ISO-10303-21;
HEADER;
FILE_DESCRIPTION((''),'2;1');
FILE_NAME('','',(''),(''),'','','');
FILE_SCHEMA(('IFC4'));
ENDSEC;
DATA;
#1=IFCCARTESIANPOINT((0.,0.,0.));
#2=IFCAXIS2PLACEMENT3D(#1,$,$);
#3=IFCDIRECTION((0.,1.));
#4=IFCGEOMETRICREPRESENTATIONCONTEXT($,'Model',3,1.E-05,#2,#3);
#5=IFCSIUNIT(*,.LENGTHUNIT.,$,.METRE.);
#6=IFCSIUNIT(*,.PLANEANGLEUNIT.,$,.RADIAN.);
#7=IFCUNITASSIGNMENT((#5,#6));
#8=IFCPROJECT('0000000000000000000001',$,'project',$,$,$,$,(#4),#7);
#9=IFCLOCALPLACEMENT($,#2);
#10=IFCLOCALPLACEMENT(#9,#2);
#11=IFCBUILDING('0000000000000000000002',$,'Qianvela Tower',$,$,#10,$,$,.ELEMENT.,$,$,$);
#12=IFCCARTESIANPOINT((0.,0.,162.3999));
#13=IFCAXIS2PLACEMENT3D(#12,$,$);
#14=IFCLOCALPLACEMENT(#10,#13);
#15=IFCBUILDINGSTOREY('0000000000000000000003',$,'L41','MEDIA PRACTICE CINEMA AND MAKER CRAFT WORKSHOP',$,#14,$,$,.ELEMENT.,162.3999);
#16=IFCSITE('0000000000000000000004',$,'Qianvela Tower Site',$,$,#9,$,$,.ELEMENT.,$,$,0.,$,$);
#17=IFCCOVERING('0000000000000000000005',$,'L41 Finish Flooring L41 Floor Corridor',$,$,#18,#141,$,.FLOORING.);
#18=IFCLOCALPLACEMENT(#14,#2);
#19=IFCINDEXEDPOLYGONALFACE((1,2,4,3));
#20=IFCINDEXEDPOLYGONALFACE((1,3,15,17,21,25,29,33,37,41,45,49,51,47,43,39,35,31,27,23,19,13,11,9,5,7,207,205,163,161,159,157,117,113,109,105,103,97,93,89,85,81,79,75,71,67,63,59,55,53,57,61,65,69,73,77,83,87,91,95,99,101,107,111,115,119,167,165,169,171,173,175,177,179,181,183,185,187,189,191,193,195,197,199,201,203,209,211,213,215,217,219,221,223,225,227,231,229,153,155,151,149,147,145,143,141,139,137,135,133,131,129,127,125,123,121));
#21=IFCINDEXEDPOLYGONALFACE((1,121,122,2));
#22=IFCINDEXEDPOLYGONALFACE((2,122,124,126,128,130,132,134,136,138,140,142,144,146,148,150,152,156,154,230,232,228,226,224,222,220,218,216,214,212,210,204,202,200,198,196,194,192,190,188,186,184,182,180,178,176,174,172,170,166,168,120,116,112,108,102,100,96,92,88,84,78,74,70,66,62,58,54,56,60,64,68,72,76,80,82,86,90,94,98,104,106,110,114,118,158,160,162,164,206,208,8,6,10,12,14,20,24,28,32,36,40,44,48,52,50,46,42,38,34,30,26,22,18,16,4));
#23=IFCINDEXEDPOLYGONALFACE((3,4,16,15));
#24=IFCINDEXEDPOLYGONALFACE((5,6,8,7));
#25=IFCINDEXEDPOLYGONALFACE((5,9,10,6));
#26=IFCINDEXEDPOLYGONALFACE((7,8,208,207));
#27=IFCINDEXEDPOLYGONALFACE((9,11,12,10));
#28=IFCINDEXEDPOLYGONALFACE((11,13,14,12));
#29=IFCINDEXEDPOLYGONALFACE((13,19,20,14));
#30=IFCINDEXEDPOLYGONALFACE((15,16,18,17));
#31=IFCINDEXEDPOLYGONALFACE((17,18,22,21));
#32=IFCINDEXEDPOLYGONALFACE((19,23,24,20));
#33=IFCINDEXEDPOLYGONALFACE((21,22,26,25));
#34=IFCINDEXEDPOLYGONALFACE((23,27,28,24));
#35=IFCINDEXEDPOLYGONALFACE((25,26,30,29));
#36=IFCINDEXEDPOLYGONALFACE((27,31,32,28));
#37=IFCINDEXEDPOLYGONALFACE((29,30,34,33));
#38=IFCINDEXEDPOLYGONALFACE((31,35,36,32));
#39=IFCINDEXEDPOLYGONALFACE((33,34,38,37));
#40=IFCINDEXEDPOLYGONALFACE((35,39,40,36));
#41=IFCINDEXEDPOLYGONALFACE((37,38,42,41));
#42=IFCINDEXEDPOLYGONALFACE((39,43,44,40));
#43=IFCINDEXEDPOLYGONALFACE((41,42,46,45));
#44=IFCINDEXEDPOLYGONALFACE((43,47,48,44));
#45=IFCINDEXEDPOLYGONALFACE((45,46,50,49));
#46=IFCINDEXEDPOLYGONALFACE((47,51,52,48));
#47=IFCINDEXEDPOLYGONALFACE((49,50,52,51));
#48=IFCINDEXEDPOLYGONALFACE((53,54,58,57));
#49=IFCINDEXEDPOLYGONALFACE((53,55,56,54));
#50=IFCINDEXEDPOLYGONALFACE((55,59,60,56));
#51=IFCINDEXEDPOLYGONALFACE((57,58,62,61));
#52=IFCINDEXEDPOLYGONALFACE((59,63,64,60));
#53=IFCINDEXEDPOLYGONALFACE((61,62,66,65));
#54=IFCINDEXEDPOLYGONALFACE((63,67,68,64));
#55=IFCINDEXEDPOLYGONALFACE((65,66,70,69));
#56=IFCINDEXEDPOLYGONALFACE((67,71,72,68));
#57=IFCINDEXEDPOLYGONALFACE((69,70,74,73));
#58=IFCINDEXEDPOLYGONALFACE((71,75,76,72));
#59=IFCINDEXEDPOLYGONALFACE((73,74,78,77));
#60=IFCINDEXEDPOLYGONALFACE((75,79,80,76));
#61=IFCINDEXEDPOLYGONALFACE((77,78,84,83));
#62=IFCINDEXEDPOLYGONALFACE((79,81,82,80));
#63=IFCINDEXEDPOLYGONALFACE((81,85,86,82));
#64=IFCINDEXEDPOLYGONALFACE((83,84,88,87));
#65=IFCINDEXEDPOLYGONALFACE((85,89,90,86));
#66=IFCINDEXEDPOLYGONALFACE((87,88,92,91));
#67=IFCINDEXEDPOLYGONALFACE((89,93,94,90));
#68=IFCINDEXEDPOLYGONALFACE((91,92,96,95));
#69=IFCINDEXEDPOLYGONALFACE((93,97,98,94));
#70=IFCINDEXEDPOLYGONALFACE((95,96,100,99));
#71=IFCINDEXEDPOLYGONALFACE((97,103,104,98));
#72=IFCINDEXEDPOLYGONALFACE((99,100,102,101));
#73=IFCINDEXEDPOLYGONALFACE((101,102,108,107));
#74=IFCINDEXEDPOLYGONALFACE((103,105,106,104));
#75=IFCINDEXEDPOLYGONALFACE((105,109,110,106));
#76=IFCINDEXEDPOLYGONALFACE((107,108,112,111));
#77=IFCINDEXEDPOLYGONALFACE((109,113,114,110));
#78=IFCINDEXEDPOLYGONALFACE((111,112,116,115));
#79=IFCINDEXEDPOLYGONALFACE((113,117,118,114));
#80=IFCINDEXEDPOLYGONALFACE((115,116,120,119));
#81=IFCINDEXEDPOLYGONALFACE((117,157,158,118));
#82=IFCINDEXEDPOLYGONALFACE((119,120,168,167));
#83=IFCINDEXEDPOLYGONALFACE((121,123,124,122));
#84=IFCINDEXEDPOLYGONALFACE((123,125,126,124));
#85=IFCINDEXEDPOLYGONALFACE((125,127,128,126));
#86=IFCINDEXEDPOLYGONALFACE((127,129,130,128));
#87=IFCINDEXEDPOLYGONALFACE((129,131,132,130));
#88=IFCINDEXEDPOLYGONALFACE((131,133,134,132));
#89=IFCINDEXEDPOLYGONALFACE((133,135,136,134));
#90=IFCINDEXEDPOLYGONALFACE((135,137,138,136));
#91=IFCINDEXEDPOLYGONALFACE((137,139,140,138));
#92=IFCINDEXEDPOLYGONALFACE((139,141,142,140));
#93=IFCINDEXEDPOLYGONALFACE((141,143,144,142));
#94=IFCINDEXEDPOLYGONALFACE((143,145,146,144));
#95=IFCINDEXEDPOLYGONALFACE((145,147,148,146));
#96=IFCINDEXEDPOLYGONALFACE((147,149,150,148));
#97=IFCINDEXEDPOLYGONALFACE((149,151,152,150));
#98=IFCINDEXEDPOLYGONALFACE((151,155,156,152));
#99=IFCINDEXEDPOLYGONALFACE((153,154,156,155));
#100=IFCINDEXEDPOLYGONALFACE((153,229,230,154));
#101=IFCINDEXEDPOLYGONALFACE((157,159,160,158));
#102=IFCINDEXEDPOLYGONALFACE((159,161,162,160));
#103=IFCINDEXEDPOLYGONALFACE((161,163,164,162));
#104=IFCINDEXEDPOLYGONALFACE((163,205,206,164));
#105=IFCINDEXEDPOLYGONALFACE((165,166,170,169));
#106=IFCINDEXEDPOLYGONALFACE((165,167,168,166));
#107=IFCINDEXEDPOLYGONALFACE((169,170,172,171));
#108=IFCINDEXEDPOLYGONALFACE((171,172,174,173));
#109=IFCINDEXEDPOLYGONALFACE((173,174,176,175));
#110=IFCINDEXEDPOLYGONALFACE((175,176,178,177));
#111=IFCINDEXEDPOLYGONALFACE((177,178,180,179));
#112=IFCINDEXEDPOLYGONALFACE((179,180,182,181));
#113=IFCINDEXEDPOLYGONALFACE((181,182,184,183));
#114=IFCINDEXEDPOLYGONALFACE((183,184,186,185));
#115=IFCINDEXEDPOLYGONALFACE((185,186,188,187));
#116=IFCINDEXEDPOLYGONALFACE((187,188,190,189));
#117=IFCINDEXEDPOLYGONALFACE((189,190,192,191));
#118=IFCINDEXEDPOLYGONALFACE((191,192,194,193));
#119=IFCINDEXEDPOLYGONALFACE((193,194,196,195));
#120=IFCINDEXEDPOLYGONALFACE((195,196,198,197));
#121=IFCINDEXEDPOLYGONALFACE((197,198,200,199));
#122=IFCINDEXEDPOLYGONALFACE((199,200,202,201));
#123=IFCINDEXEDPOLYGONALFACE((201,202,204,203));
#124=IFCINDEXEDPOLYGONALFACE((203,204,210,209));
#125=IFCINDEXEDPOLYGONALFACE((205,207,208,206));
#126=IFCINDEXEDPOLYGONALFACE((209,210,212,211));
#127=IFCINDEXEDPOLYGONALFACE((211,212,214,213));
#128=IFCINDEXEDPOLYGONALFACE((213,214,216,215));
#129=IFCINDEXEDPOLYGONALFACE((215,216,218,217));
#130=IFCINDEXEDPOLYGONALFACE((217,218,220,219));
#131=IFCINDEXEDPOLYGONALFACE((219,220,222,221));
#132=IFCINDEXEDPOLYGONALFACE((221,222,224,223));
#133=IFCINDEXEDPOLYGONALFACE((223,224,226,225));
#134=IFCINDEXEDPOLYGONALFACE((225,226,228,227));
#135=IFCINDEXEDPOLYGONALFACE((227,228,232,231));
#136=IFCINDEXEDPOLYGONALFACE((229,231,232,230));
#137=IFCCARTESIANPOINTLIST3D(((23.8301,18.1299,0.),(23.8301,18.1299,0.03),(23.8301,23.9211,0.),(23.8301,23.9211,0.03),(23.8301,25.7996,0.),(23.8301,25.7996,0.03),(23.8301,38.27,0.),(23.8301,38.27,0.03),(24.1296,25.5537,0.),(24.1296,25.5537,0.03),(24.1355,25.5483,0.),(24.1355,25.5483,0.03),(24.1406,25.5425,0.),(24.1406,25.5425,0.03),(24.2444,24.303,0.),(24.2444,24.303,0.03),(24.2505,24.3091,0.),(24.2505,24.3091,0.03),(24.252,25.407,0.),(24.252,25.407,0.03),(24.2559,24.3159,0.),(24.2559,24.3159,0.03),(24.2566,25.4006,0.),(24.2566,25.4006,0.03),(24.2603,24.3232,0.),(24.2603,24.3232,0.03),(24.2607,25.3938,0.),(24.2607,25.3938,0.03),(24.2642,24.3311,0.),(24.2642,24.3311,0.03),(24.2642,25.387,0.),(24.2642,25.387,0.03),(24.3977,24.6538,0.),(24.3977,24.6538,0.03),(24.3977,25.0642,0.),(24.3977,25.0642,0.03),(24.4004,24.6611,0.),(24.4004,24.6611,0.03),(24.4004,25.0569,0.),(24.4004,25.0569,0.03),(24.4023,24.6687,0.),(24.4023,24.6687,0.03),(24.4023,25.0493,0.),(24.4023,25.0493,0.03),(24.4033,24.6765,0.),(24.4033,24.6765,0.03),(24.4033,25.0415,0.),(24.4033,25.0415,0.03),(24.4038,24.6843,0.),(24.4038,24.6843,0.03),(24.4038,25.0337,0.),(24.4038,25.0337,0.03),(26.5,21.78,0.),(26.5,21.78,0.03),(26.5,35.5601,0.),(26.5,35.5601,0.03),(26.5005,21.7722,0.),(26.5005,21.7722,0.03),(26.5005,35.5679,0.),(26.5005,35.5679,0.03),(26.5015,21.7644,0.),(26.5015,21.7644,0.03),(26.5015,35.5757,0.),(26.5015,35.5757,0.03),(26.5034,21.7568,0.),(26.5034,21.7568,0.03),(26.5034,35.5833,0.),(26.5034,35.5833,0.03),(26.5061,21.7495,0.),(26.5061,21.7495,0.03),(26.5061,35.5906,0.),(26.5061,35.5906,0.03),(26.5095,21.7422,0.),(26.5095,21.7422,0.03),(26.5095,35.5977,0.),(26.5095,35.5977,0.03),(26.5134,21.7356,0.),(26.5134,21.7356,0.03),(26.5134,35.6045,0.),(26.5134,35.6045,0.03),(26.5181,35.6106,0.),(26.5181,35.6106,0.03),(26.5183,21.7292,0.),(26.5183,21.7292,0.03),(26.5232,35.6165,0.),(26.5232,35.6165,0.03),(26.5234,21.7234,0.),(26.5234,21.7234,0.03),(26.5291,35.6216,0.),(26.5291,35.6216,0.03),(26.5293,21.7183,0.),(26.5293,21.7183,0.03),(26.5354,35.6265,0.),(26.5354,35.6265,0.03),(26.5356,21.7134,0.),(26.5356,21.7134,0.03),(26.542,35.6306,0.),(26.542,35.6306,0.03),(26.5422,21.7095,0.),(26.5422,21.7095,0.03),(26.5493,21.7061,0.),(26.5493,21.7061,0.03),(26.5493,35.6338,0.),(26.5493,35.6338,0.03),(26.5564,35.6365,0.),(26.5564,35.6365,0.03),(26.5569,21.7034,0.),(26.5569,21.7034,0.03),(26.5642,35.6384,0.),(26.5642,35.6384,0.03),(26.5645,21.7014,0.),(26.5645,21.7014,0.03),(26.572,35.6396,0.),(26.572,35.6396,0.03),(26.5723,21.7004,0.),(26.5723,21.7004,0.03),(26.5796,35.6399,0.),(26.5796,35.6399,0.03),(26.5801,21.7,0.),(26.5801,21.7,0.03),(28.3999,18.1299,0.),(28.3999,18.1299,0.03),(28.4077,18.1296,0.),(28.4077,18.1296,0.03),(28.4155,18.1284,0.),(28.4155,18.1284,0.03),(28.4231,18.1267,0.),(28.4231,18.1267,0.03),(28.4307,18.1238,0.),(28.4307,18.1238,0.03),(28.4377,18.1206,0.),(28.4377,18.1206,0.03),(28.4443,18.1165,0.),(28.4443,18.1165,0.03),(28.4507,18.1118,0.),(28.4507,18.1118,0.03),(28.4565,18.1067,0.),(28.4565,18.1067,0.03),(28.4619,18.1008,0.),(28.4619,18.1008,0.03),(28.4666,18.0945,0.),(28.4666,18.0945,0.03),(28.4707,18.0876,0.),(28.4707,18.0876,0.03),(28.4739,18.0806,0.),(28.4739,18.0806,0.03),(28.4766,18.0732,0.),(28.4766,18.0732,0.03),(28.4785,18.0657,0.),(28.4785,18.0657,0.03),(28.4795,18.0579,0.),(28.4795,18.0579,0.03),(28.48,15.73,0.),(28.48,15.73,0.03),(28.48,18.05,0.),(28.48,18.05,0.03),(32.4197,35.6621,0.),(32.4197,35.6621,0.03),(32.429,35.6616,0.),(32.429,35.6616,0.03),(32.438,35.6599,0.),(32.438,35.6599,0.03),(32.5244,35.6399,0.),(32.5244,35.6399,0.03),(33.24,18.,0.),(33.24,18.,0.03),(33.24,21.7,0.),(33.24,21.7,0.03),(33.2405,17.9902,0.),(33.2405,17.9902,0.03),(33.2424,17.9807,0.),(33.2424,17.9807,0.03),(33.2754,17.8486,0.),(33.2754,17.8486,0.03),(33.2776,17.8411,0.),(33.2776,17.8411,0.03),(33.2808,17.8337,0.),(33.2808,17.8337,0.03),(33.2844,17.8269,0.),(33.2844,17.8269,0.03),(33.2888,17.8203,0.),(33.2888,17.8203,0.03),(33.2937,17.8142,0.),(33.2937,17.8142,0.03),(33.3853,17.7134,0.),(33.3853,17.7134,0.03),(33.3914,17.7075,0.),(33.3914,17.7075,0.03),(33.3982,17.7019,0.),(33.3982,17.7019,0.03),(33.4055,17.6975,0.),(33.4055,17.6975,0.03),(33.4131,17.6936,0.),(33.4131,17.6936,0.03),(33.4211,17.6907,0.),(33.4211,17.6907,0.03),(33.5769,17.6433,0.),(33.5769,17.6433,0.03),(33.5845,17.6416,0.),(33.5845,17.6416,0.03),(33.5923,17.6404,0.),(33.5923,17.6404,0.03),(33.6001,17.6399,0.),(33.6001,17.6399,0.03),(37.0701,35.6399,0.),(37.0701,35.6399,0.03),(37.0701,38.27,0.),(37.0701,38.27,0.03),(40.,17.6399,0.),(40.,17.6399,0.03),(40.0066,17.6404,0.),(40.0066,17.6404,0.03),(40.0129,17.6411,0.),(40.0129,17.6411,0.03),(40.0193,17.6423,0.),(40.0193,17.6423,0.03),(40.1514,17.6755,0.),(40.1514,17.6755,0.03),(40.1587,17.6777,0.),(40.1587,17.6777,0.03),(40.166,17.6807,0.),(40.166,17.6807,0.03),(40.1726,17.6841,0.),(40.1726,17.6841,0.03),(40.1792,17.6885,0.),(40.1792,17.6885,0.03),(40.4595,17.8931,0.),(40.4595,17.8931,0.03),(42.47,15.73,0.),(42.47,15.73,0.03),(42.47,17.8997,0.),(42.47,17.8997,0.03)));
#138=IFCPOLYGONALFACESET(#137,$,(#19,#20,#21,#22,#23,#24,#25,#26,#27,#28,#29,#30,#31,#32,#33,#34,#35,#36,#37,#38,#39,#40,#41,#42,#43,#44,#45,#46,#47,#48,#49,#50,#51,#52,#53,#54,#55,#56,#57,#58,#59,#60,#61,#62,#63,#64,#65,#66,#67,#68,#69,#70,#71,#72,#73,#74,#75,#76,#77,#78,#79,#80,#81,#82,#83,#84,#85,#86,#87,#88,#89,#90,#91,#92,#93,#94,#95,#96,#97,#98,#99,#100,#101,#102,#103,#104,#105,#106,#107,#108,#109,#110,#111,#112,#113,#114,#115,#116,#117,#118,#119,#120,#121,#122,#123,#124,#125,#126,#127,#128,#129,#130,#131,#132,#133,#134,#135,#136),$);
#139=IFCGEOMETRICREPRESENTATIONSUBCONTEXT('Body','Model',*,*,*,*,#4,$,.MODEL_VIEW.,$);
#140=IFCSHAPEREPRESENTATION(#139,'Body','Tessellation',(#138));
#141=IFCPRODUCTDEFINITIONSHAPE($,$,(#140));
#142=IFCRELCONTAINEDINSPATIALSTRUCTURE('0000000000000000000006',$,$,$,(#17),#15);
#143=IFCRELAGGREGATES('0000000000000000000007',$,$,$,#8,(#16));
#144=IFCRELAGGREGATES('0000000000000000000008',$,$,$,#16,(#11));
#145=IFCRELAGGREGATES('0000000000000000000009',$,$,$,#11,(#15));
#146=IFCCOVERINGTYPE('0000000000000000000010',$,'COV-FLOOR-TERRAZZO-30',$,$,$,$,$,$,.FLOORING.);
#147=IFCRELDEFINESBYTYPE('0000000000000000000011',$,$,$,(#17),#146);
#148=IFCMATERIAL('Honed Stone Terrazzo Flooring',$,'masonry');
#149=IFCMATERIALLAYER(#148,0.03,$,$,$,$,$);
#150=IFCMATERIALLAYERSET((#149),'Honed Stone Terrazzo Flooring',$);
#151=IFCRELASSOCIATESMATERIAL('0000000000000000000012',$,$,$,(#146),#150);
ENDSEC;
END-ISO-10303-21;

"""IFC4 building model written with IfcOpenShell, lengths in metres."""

from ifc_helpers import new_model, si_unit, direction, frame, origin, place, context, subcontext, project, spatial, polyline, outline, extrude, material, layer, layer_set, type_object, element, save


model = new_model("IFC4")

# Units and contexts
model_context = context("Model", 3, precision=1e-05, world=origin(), true_north=direction((0.0, 1.0)))
body_context = subcontext(model_context, "Body", "Model", "MODEL_VIEW")
ifc_project = project(units=[si_unit("LENGTHUNIT", "METRE"), si_unit("PLANEANGLEUNIT", "RADIAN")], contexts=[model_context])

# Site, building, storey
site_placement = place(None, origin())
site = spatial("IfcSite", under=ifc_project, at=site_placement, Name="Qianvela Tower Site", CompositionType="ELEMENT", RefElevation=0.0)
building_placement = place(site_placement, origin())
building = spatial("IfcBuilding", under=site, at=building_placement, Name="Qianvela Tower", CompositionType="ELEMENT")
storey_placement = place(building_placement, frame((0.0, 0.0, 162.3999)))
storey = spatial("IfcBuildingStorey", under=building, at=storey_placement, Name="L41", Description="MEDIA PRACTICE CINEMA AND MAKER CRAFT WORKSHOP", CompositionType="ELEMENT", Elevation=162.3999)

# Covering
ifc_material_1 = material(Name="Honed Stone Terrazzo Flooring", Category="masonry")
ifc_layer_1 = layer(ifc_material_1, 0.03)
ifc_layer_set_1 = layer_set([ifc_layer_1], Name="Honed Stone Terrazzo Flooring")
covering_type_1 = type_object("IfcCoveringType", Name="COV-FLOOR-TERRAZZO-30", PredefinedType="FLOORING", material=ifc_layer_set_1)
covering_1_placement = place(storey_placement, origin())
element("IfcCovering", 1, at=covering_1_placement, inside=storey, type_object=covering_type_1, Name="L41 Finish Flooring L41 Floor Corridor", PredefinedType="FLOORING", context=body_context, shape_type="SweptSolid", body=[
    extrude(outline(polyline([(24.4038, 25.0337), (24.4033, 25.0415), (24.4023, 25.0493), (24.4004, 25.0569), (24.3977, 25.0642), (24.2642, 25.387), (24.2607, 25.3938), (24.2566, 25.4006), (24.252, 25.407), (24.1406, 25.5425), (24.1355, 25.5483), (24.1296, 25.5537), (23.8301, 25.7996), (23.8301, 38.27), (37.0701, 38.27), (37.0701, 35.6399), (32.5244, 35.6399), (32.438, 35.6599), (32.429, 35.6616), (32.4197, 35.6621), (26.5796, 35.6399), (26.572, 35.6396), (26.5642, 35.6384), (26.5564, 35.6365), (26.5493, 35.6338), (26.542, 35.6306), (26.5354, 35.6265), (26.5291, 35.6216), (26.5232, 35.6165), (26.5181, 35.6106), (26.5134, 35.6045), (26.5095, 35.5977), (26.5061, 35.5906), (26.5034, 35.5833), (26.5015, 35.5757), (26.5005, 35.5679), (26.5, 35.5601), (26.5, 21.78), (26.5005, 21.7722), (26.5015, 21.7644), (26.5034, 21.7568), (26.5061, 21.7495), (26.5095, 21.7422), (26.5134, 21.7356), (26.5183, 21.7292), (26.5234, 21.7234), (26.5293, 21.7183), (26.5356, 21.7134), (26.5422, 21.7095), (26.5493, 21.7061), (26.5569, 21.7034), (26.5645, 21.7014), (26.5723, 21.7004), (26.5801, 21.7), (33.24, 21.7), (33.24, 18.0), (33.2405, 17.9902), (33.2424, 17.9807), (33.2754, 17.8486), (33.2776, 17.8411), (33.2808, 17.8337), (33.2844, 17.8269), (33.2888, 17.8203), (33.2937, 17.8142), (33.3853, 17.7134), (33.3914, 17.7075), (33.3982, 17.7019), (33.4055, 17.6975), (33.4131, 17.6936), (33.4211, 17.6907), (33.5769, 17.6433), (33.5845, 17.6416), (33.5923, 17.6404), (33.6001, 17.6399), (40.0, 17.6399), (40.0066, 17.6404), (40.0129, 17.6411), (40.0193, 17.6423), (40.1514, 17.6755), (40.1587, 17.6777), (40.166, 17.6807), (40.1726, 17.6841), (40.1792, 17.6885), (40.4595, 17.8931), (42.47, 17.8997), (42.47, 15.73), (28.48, 15.73), (28.48, 18.05), (28.4795, 18.0579), (28.4785, 18.0657), (28.4766, 18.0732), (28.4739, 18.0806), (28.4707, 18.0876), (28.4666, 18.0945), (28.4619, 18.1008), (28.4565, 18.1067), (28.4507, 18.1118), (28.4443, 18.1165), (28.4377, 18.1206), (28.4307, 18.1238), (28.4231, 18.1267), (28.4155, 18.1284), (28.4077, 18.1296), (28.3999, 18.1299), (23.8301, 18.1299), (23.8301, 23.9211), (24.2444, 24.303), (24.2505, 24.3091), (24.2559, 24.3159), (24.2603, 24.3232), (24.2642, 24.3311), (24.3977, 24.6538), (24.4004, 24.6611), (24.4023, 24.6687), (24.4033, 24.6765), (24.4038, 24.6843), (24.4038, 25.0337)])), origin(), (0.0, 0.0, 1.0), 0.03),
])

save(model, "model.ifc")
